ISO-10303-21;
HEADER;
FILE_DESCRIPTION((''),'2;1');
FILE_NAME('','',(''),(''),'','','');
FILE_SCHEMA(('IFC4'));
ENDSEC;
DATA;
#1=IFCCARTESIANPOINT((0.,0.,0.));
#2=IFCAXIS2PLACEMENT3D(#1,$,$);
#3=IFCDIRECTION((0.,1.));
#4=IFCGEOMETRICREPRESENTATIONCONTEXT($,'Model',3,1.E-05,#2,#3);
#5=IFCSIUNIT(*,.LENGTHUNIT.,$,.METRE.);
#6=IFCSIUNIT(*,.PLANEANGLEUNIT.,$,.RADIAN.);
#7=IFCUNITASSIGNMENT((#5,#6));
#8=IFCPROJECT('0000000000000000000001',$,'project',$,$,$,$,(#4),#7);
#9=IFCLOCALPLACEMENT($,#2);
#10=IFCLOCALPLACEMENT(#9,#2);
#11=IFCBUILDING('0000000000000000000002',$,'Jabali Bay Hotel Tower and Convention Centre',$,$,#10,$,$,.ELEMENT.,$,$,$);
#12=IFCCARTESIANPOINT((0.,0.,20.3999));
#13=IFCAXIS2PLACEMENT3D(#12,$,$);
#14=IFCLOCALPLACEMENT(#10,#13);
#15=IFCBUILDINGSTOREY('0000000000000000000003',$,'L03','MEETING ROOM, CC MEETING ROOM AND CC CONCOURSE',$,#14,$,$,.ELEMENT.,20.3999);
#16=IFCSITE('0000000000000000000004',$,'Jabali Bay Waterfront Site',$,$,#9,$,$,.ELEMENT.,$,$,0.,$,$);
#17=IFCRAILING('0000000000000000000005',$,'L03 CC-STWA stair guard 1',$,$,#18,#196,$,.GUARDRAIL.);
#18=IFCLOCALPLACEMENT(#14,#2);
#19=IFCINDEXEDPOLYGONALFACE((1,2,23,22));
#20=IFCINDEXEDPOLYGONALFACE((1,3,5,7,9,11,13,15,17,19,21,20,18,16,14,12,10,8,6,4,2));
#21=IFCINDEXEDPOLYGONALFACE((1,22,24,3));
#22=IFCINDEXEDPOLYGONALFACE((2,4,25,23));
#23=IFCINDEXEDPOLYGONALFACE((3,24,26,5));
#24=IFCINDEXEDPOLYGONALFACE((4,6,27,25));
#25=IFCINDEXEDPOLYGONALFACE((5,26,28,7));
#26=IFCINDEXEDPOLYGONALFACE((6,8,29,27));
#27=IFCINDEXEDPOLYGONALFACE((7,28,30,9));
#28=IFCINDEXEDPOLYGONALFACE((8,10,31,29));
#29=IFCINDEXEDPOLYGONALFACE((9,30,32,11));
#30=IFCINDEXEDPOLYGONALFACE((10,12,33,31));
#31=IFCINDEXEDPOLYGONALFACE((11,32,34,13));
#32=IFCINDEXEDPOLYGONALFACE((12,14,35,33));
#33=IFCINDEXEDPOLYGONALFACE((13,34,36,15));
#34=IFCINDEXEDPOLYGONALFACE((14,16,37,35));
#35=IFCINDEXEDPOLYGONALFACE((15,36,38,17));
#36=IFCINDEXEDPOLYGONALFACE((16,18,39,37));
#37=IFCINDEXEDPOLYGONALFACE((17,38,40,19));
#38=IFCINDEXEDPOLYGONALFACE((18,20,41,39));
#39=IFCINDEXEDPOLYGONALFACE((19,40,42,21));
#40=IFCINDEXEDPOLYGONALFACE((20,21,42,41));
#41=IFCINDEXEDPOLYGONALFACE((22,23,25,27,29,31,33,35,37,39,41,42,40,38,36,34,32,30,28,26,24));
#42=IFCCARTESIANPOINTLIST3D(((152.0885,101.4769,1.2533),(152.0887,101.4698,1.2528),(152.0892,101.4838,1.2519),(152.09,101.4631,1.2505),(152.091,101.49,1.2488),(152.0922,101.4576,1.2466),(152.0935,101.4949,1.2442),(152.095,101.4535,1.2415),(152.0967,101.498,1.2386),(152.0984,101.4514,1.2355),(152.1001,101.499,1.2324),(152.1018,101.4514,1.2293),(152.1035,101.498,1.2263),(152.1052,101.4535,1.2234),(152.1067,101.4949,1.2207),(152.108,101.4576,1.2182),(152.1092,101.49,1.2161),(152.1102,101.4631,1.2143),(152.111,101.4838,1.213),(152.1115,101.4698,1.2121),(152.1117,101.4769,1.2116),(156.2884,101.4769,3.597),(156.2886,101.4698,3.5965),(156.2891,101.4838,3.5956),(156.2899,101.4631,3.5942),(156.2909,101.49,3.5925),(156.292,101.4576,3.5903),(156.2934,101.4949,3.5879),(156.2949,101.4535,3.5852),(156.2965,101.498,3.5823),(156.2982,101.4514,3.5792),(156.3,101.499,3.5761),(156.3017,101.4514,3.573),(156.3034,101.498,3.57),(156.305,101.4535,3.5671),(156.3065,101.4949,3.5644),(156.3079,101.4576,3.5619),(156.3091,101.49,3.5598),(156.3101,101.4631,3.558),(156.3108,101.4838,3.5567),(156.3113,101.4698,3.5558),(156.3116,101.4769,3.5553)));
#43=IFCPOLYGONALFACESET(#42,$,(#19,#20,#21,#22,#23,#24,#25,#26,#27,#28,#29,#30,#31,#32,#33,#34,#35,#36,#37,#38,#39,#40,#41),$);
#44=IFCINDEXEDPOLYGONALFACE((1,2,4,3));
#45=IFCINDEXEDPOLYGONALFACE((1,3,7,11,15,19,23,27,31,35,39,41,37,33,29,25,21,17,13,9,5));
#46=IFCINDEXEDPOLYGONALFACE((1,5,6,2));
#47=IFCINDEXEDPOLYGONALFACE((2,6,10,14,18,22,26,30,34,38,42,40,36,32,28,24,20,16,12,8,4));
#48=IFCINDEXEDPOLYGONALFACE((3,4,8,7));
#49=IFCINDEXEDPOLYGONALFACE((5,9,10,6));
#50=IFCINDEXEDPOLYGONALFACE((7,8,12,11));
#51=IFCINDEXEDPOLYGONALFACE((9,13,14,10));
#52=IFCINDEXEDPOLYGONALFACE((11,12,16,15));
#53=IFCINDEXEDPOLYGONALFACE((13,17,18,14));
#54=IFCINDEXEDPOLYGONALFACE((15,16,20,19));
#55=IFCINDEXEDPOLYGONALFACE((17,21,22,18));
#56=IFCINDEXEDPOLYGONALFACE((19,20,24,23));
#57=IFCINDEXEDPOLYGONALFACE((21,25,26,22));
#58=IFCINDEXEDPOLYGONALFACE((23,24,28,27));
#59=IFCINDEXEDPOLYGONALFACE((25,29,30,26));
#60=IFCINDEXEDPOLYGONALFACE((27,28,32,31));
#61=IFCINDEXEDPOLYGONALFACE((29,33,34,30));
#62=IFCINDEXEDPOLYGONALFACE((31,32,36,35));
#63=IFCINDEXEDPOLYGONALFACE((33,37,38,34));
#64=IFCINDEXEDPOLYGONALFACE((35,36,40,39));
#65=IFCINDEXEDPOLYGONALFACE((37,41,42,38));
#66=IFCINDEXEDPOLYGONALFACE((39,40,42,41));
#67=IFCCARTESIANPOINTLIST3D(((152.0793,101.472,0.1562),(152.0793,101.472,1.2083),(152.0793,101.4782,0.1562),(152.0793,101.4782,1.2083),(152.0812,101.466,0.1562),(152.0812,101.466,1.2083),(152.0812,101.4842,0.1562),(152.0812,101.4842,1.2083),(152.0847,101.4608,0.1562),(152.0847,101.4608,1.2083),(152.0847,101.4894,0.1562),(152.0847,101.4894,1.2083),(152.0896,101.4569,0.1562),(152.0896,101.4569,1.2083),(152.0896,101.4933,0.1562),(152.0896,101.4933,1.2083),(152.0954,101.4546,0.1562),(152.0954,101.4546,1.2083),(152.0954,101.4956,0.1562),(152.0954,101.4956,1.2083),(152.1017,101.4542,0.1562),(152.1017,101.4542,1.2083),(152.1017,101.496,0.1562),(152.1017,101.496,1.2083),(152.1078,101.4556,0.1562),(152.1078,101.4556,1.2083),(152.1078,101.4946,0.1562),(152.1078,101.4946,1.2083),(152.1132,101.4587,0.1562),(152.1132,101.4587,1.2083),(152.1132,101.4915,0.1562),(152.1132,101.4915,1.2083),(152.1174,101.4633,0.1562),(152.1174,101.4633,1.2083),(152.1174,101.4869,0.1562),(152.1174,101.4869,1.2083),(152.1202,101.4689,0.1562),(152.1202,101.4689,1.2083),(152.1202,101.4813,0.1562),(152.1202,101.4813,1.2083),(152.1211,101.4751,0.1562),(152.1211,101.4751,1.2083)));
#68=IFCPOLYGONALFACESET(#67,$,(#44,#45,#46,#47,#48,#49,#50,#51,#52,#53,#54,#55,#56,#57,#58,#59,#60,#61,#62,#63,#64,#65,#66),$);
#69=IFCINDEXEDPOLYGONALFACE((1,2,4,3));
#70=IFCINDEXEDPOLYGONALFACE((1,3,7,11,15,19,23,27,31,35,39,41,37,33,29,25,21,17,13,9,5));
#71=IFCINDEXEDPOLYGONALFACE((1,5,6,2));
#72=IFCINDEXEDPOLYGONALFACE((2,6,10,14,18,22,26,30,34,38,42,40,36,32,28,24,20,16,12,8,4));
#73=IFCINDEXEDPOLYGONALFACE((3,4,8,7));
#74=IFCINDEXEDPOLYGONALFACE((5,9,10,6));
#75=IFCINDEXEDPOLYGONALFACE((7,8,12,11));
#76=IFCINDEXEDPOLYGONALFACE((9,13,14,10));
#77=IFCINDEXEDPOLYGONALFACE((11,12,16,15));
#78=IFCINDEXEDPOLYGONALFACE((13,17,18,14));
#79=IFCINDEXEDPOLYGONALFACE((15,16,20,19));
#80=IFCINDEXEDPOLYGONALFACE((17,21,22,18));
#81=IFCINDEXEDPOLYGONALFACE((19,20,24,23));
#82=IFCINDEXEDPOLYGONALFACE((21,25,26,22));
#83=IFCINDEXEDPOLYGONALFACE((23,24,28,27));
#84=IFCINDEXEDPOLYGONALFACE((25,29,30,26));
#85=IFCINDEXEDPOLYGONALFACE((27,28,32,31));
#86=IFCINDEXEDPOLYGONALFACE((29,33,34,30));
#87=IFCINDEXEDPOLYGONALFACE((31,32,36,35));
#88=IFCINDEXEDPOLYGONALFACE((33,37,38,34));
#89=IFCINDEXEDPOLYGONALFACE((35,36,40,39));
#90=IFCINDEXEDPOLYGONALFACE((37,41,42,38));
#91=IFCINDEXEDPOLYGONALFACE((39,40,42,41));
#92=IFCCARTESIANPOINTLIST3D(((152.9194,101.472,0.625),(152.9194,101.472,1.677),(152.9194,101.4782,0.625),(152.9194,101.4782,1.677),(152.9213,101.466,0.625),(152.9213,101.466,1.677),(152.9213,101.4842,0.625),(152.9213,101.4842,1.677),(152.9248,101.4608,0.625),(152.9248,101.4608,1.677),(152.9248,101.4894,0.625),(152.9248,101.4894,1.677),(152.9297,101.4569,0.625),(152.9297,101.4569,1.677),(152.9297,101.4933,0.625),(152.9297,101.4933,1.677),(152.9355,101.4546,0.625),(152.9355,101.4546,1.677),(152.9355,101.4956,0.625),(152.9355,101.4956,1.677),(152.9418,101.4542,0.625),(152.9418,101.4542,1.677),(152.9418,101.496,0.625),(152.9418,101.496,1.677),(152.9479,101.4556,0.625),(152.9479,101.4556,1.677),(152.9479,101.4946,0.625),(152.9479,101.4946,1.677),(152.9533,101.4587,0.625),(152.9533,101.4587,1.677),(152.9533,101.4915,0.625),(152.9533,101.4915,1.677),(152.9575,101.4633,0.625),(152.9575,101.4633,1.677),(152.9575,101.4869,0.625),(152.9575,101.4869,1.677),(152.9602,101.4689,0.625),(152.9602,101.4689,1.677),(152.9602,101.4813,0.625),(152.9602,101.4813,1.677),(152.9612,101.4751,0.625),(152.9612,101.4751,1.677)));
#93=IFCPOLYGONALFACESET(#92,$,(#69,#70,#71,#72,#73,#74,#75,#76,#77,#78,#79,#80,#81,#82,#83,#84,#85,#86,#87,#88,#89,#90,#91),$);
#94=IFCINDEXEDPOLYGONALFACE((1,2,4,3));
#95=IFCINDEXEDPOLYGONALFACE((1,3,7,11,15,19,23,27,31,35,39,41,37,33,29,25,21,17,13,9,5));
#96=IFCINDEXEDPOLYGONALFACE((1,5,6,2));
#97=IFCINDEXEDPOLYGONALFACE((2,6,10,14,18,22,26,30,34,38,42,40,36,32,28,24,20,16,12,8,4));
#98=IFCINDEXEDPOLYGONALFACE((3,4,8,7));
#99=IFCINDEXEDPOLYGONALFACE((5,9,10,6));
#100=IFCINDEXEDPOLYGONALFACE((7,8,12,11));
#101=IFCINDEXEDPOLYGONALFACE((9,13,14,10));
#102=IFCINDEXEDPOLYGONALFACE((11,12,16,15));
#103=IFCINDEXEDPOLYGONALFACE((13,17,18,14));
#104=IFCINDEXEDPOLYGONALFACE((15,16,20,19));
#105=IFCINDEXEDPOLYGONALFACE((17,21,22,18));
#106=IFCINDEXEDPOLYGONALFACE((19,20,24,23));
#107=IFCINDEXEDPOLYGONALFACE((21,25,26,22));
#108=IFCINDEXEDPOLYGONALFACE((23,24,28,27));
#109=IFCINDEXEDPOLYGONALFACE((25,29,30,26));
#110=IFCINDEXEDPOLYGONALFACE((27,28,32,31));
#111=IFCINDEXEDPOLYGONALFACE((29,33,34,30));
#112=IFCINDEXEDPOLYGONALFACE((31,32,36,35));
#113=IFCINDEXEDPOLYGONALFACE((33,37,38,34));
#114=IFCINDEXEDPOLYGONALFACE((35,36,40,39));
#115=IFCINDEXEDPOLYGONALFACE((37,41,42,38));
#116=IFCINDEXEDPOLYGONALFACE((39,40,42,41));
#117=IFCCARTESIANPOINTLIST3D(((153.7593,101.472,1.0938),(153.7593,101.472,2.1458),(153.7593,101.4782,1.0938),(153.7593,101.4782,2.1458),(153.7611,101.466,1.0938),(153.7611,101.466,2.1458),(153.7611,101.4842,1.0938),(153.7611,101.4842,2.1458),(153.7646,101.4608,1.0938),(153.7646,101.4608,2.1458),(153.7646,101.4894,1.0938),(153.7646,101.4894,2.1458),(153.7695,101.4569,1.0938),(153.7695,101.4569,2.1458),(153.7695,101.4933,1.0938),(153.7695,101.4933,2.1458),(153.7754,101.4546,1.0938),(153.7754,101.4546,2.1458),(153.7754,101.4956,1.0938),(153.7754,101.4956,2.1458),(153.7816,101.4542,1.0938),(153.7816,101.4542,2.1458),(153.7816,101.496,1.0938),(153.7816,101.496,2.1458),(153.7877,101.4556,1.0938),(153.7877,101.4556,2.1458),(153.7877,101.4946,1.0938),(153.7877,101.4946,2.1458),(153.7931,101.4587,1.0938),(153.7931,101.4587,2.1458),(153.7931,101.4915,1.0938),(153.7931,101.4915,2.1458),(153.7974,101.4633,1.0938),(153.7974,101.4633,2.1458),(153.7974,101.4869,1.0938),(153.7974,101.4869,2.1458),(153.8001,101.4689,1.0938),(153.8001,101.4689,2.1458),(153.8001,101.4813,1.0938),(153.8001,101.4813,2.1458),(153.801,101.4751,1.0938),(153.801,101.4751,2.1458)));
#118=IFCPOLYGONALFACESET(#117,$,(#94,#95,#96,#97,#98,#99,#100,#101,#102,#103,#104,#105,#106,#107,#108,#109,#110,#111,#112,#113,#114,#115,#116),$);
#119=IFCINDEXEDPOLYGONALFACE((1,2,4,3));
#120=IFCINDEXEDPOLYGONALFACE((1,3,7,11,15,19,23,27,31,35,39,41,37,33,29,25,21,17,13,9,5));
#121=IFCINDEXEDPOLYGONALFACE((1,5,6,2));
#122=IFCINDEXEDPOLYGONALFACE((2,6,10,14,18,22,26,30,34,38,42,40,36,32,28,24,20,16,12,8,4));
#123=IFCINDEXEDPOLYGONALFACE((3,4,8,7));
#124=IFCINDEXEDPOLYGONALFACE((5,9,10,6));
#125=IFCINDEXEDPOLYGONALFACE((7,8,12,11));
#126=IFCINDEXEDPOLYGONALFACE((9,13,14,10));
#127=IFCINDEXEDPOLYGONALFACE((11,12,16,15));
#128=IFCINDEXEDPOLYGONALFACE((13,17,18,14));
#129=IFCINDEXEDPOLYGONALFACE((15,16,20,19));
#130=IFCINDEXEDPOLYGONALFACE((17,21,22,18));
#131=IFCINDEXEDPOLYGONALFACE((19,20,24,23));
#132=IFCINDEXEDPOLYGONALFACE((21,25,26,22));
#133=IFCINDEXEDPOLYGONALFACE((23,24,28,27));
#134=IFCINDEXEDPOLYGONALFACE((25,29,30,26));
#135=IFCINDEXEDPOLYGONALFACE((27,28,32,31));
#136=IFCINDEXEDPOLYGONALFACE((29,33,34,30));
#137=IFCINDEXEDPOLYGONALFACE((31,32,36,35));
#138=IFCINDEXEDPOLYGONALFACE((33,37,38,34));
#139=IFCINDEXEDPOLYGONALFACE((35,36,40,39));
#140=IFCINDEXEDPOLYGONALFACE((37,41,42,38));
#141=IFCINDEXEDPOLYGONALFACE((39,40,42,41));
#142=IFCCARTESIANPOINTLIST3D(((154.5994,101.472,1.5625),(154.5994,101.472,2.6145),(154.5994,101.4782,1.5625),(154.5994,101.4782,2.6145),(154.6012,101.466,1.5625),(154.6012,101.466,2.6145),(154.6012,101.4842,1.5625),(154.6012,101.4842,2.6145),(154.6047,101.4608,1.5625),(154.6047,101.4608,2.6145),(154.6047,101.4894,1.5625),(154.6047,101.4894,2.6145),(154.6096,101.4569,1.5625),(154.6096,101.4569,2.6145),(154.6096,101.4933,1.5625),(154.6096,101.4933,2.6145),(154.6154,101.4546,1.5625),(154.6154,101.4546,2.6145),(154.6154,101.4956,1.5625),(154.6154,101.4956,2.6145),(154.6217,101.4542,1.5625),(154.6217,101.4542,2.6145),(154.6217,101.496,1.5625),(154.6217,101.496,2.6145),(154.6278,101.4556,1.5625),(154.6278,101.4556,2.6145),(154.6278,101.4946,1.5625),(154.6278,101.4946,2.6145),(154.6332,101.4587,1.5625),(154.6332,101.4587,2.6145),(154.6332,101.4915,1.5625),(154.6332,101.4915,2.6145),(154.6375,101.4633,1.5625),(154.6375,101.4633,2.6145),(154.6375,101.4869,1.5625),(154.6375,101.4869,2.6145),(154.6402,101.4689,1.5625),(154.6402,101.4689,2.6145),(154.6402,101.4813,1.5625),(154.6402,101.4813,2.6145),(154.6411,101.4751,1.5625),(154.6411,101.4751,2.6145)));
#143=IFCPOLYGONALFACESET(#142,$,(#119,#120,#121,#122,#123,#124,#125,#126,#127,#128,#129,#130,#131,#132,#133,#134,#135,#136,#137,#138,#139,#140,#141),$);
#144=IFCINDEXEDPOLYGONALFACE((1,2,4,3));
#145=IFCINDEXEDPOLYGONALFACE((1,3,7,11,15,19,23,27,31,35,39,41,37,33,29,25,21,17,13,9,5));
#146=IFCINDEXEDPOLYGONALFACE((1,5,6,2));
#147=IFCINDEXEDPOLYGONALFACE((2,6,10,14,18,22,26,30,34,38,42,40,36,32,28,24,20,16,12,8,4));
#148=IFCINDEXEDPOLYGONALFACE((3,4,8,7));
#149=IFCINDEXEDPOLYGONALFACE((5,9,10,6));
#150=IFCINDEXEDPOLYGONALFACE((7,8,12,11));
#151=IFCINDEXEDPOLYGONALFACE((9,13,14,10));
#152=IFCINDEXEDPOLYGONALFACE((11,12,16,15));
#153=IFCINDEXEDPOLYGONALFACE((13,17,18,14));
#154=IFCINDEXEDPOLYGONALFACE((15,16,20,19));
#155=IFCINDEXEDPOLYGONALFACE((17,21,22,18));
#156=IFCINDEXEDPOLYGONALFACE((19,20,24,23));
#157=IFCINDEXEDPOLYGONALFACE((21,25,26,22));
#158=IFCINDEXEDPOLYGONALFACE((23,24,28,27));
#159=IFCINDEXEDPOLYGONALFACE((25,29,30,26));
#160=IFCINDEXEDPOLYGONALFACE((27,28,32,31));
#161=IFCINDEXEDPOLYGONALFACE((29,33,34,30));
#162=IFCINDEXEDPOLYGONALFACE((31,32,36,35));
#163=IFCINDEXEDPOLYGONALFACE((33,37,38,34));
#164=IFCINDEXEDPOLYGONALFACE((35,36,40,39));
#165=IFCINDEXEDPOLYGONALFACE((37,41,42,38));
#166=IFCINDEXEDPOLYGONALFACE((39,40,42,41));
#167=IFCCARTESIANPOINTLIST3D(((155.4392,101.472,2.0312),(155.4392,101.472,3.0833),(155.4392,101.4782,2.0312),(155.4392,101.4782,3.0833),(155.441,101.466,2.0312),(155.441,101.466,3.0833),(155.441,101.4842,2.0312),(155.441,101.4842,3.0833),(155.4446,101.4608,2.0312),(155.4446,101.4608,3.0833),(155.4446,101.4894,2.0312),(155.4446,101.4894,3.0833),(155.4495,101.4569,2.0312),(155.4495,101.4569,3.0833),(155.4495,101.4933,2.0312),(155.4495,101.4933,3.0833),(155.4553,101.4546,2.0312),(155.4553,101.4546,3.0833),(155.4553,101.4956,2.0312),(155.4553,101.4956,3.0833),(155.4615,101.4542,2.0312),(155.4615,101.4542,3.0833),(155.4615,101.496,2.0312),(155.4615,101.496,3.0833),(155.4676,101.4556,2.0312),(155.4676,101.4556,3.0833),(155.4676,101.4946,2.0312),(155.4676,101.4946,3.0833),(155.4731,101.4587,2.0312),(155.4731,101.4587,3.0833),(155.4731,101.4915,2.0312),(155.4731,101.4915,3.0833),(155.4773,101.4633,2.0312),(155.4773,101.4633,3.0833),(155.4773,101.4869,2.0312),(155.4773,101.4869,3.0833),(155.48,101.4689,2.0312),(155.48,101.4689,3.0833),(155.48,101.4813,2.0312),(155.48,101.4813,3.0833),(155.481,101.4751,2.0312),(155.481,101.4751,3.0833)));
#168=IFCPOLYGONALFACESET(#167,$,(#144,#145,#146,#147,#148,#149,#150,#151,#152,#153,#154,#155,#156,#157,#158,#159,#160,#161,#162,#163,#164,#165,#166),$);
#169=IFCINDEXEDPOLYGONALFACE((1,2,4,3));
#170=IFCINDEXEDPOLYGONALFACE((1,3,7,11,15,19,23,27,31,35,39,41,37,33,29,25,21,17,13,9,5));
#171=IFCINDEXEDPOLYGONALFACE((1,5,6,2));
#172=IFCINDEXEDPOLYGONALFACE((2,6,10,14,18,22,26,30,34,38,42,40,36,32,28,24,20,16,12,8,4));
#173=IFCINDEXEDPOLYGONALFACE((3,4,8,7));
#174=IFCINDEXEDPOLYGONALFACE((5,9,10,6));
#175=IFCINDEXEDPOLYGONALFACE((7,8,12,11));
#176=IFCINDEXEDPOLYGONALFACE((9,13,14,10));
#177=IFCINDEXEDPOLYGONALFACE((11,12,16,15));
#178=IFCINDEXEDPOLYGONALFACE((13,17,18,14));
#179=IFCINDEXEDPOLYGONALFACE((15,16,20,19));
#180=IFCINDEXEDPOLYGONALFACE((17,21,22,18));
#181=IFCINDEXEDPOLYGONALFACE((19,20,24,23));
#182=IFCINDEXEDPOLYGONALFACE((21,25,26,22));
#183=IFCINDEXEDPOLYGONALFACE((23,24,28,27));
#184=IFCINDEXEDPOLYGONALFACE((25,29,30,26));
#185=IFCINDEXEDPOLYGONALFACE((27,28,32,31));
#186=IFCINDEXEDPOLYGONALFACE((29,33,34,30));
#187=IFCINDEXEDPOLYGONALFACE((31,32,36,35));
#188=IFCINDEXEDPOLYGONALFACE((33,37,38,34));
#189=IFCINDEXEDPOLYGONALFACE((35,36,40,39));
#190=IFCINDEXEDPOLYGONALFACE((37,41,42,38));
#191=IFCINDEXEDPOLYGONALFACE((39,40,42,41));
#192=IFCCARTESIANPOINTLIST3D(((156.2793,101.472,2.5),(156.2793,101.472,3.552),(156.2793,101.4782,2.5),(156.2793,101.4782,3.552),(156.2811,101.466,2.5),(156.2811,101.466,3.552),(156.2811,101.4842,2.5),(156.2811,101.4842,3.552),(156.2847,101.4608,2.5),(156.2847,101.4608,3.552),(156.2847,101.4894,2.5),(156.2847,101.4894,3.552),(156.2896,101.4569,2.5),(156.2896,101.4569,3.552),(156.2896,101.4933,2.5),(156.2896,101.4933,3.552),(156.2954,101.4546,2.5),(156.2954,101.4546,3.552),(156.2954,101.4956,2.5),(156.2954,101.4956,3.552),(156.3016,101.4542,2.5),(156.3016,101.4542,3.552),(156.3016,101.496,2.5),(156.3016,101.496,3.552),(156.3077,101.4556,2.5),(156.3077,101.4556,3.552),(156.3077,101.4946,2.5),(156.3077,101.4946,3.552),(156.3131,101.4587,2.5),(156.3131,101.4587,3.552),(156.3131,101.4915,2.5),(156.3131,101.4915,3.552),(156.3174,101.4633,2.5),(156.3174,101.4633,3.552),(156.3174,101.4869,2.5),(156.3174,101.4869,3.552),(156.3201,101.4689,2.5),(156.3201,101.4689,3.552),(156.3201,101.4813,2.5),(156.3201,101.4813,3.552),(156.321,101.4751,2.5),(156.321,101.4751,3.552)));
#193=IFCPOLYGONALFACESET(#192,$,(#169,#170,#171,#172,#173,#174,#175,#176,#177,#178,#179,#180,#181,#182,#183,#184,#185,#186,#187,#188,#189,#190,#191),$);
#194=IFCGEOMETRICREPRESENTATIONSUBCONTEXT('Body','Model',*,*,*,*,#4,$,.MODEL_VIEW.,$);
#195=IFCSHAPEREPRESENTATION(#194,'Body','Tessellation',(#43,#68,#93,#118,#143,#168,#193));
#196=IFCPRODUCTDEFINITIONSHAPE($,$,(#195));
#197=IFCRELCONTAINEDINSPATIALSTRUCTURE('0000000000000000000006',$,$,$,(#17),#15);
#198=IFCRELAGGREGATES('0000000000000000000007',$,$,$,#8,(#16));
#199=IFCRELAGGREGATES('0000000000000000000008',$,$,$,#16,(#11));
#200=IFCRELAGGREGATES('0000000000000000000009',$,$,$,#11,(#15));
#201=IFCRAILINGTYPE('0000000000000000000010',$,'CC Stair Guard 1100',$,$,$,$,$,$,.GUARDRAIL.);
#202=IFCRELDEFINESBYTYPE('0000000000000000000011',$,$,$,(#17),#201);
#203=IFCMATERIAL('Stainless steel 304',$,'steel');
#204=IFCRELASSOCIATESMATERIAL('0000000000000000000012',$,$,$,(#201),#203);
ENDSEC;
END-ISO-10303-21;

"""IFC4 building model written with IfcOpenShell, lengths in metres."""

from ifc_helpers import new_model, si_unit, direction, frame, origin, origin_2d, place, context, subcontext, project, spatial, circle, extrude, material, type_object, element, save


model = new_model("IFC4")

# Units and contexts
model_context = context("Model", 3, precision=1e-05, world=origin(), true_north=direction((0.0, 1.0)))
body_context = subcontext(model_context, "Body", "Model", "MODEL_VIEW")
ifc_project = project(units=[si_unit("LENGTHUNIT", "METRE"), si_unit("PLANEANGLEUNIT", "RADIAN")], contexts=[model_context])

# Site, building, storey
site_placement = place(None, origin())
site = spatial("IfcSite", under=ifc_project, at=site_placement, Name="Jabali Bay Waterfront Site", CompositionType="ELEMENT", RefElevation=0.0)
building_placement = place(site_placement, origin())
building = spatial("IfcBuilding", under=site, at=building_placement, Name="Jabali Bay Hotel Tower and Convention Centre", CompositionType="ELEMENT")
storey_placement = place(building_placement, frame((0.0, 0.0, 20.3999)))
storey = spatial("IfcBuildingStorey", under=building, at=storey_placement, Name="L03", Description="MEETING ROOM, CC MEETING ROOM AND CC CONCOURSE", CompositionType="ELEMENT", Elevation=20.3999)

# Railing
ifc_material_1 = material(Name="Stainless steel 304", Category="steel")
railing_type_1 = type_object("IfcRailingType", Name="CC Stair Guard 1100", PredefinedType="GUARDRAIL", material=ifc_material_1)
railing_1_placement = place(storey_placement, frame((152.1001, 101.4751, 0.1562)))
element("IfcRailing", 1, at=railing_1_placement, inside=storey, type_object=railing_type_1, Name="L03 CC-STWA stair guard 1", PredefinedType="GUARDRAIL", context=body_context, shape_type="SweptSolid", body=[
    extrude(circle(Radius=0.0239, at=origin_2d()), frame((0.0, 0.0, 1.0762), z_axis=(0.873234, 0.0, 0.487301), x_axis=(0.0, 1.0, 0.0)), (0.0, 0.0, 1.0), 4.8096),
    extrude(circle(Radius=0.021, at=origin_2d()), origin(), (0.0, 0.0, 1.0), 1.052),
    extrude(circle(Radius=0.021, at=origin_2d()), frame((0.8401, 0.0, 0.4688)), (0.0, 0.0, 1.0), 1.052),
    extrude(circle(Radius=0.021, at=origin_2d()), frame((1.6799, 0.0, 0.9375)), (0.0, 0.0, 1.0), 1.052),
    extrude(circle(Radius=0.021, at=origin_2d()), frame((2.52, 0.0, 1.4062)), (0.0, 0.0, 1.0), 1.052),
    extrude(circle(Radius=0.021, at=origin_2d()), frame((3.3599, 0.0, 1.875)), (0.0, 0.0, 1.0), 1.052),
    extrude(circle(Radius=0.021, at=origin_2d()), frame((4.2, 0.0, 2.3438)), (0.0, 0.0, 1.0), 1.052),
])

save(model, "model.ifc")
